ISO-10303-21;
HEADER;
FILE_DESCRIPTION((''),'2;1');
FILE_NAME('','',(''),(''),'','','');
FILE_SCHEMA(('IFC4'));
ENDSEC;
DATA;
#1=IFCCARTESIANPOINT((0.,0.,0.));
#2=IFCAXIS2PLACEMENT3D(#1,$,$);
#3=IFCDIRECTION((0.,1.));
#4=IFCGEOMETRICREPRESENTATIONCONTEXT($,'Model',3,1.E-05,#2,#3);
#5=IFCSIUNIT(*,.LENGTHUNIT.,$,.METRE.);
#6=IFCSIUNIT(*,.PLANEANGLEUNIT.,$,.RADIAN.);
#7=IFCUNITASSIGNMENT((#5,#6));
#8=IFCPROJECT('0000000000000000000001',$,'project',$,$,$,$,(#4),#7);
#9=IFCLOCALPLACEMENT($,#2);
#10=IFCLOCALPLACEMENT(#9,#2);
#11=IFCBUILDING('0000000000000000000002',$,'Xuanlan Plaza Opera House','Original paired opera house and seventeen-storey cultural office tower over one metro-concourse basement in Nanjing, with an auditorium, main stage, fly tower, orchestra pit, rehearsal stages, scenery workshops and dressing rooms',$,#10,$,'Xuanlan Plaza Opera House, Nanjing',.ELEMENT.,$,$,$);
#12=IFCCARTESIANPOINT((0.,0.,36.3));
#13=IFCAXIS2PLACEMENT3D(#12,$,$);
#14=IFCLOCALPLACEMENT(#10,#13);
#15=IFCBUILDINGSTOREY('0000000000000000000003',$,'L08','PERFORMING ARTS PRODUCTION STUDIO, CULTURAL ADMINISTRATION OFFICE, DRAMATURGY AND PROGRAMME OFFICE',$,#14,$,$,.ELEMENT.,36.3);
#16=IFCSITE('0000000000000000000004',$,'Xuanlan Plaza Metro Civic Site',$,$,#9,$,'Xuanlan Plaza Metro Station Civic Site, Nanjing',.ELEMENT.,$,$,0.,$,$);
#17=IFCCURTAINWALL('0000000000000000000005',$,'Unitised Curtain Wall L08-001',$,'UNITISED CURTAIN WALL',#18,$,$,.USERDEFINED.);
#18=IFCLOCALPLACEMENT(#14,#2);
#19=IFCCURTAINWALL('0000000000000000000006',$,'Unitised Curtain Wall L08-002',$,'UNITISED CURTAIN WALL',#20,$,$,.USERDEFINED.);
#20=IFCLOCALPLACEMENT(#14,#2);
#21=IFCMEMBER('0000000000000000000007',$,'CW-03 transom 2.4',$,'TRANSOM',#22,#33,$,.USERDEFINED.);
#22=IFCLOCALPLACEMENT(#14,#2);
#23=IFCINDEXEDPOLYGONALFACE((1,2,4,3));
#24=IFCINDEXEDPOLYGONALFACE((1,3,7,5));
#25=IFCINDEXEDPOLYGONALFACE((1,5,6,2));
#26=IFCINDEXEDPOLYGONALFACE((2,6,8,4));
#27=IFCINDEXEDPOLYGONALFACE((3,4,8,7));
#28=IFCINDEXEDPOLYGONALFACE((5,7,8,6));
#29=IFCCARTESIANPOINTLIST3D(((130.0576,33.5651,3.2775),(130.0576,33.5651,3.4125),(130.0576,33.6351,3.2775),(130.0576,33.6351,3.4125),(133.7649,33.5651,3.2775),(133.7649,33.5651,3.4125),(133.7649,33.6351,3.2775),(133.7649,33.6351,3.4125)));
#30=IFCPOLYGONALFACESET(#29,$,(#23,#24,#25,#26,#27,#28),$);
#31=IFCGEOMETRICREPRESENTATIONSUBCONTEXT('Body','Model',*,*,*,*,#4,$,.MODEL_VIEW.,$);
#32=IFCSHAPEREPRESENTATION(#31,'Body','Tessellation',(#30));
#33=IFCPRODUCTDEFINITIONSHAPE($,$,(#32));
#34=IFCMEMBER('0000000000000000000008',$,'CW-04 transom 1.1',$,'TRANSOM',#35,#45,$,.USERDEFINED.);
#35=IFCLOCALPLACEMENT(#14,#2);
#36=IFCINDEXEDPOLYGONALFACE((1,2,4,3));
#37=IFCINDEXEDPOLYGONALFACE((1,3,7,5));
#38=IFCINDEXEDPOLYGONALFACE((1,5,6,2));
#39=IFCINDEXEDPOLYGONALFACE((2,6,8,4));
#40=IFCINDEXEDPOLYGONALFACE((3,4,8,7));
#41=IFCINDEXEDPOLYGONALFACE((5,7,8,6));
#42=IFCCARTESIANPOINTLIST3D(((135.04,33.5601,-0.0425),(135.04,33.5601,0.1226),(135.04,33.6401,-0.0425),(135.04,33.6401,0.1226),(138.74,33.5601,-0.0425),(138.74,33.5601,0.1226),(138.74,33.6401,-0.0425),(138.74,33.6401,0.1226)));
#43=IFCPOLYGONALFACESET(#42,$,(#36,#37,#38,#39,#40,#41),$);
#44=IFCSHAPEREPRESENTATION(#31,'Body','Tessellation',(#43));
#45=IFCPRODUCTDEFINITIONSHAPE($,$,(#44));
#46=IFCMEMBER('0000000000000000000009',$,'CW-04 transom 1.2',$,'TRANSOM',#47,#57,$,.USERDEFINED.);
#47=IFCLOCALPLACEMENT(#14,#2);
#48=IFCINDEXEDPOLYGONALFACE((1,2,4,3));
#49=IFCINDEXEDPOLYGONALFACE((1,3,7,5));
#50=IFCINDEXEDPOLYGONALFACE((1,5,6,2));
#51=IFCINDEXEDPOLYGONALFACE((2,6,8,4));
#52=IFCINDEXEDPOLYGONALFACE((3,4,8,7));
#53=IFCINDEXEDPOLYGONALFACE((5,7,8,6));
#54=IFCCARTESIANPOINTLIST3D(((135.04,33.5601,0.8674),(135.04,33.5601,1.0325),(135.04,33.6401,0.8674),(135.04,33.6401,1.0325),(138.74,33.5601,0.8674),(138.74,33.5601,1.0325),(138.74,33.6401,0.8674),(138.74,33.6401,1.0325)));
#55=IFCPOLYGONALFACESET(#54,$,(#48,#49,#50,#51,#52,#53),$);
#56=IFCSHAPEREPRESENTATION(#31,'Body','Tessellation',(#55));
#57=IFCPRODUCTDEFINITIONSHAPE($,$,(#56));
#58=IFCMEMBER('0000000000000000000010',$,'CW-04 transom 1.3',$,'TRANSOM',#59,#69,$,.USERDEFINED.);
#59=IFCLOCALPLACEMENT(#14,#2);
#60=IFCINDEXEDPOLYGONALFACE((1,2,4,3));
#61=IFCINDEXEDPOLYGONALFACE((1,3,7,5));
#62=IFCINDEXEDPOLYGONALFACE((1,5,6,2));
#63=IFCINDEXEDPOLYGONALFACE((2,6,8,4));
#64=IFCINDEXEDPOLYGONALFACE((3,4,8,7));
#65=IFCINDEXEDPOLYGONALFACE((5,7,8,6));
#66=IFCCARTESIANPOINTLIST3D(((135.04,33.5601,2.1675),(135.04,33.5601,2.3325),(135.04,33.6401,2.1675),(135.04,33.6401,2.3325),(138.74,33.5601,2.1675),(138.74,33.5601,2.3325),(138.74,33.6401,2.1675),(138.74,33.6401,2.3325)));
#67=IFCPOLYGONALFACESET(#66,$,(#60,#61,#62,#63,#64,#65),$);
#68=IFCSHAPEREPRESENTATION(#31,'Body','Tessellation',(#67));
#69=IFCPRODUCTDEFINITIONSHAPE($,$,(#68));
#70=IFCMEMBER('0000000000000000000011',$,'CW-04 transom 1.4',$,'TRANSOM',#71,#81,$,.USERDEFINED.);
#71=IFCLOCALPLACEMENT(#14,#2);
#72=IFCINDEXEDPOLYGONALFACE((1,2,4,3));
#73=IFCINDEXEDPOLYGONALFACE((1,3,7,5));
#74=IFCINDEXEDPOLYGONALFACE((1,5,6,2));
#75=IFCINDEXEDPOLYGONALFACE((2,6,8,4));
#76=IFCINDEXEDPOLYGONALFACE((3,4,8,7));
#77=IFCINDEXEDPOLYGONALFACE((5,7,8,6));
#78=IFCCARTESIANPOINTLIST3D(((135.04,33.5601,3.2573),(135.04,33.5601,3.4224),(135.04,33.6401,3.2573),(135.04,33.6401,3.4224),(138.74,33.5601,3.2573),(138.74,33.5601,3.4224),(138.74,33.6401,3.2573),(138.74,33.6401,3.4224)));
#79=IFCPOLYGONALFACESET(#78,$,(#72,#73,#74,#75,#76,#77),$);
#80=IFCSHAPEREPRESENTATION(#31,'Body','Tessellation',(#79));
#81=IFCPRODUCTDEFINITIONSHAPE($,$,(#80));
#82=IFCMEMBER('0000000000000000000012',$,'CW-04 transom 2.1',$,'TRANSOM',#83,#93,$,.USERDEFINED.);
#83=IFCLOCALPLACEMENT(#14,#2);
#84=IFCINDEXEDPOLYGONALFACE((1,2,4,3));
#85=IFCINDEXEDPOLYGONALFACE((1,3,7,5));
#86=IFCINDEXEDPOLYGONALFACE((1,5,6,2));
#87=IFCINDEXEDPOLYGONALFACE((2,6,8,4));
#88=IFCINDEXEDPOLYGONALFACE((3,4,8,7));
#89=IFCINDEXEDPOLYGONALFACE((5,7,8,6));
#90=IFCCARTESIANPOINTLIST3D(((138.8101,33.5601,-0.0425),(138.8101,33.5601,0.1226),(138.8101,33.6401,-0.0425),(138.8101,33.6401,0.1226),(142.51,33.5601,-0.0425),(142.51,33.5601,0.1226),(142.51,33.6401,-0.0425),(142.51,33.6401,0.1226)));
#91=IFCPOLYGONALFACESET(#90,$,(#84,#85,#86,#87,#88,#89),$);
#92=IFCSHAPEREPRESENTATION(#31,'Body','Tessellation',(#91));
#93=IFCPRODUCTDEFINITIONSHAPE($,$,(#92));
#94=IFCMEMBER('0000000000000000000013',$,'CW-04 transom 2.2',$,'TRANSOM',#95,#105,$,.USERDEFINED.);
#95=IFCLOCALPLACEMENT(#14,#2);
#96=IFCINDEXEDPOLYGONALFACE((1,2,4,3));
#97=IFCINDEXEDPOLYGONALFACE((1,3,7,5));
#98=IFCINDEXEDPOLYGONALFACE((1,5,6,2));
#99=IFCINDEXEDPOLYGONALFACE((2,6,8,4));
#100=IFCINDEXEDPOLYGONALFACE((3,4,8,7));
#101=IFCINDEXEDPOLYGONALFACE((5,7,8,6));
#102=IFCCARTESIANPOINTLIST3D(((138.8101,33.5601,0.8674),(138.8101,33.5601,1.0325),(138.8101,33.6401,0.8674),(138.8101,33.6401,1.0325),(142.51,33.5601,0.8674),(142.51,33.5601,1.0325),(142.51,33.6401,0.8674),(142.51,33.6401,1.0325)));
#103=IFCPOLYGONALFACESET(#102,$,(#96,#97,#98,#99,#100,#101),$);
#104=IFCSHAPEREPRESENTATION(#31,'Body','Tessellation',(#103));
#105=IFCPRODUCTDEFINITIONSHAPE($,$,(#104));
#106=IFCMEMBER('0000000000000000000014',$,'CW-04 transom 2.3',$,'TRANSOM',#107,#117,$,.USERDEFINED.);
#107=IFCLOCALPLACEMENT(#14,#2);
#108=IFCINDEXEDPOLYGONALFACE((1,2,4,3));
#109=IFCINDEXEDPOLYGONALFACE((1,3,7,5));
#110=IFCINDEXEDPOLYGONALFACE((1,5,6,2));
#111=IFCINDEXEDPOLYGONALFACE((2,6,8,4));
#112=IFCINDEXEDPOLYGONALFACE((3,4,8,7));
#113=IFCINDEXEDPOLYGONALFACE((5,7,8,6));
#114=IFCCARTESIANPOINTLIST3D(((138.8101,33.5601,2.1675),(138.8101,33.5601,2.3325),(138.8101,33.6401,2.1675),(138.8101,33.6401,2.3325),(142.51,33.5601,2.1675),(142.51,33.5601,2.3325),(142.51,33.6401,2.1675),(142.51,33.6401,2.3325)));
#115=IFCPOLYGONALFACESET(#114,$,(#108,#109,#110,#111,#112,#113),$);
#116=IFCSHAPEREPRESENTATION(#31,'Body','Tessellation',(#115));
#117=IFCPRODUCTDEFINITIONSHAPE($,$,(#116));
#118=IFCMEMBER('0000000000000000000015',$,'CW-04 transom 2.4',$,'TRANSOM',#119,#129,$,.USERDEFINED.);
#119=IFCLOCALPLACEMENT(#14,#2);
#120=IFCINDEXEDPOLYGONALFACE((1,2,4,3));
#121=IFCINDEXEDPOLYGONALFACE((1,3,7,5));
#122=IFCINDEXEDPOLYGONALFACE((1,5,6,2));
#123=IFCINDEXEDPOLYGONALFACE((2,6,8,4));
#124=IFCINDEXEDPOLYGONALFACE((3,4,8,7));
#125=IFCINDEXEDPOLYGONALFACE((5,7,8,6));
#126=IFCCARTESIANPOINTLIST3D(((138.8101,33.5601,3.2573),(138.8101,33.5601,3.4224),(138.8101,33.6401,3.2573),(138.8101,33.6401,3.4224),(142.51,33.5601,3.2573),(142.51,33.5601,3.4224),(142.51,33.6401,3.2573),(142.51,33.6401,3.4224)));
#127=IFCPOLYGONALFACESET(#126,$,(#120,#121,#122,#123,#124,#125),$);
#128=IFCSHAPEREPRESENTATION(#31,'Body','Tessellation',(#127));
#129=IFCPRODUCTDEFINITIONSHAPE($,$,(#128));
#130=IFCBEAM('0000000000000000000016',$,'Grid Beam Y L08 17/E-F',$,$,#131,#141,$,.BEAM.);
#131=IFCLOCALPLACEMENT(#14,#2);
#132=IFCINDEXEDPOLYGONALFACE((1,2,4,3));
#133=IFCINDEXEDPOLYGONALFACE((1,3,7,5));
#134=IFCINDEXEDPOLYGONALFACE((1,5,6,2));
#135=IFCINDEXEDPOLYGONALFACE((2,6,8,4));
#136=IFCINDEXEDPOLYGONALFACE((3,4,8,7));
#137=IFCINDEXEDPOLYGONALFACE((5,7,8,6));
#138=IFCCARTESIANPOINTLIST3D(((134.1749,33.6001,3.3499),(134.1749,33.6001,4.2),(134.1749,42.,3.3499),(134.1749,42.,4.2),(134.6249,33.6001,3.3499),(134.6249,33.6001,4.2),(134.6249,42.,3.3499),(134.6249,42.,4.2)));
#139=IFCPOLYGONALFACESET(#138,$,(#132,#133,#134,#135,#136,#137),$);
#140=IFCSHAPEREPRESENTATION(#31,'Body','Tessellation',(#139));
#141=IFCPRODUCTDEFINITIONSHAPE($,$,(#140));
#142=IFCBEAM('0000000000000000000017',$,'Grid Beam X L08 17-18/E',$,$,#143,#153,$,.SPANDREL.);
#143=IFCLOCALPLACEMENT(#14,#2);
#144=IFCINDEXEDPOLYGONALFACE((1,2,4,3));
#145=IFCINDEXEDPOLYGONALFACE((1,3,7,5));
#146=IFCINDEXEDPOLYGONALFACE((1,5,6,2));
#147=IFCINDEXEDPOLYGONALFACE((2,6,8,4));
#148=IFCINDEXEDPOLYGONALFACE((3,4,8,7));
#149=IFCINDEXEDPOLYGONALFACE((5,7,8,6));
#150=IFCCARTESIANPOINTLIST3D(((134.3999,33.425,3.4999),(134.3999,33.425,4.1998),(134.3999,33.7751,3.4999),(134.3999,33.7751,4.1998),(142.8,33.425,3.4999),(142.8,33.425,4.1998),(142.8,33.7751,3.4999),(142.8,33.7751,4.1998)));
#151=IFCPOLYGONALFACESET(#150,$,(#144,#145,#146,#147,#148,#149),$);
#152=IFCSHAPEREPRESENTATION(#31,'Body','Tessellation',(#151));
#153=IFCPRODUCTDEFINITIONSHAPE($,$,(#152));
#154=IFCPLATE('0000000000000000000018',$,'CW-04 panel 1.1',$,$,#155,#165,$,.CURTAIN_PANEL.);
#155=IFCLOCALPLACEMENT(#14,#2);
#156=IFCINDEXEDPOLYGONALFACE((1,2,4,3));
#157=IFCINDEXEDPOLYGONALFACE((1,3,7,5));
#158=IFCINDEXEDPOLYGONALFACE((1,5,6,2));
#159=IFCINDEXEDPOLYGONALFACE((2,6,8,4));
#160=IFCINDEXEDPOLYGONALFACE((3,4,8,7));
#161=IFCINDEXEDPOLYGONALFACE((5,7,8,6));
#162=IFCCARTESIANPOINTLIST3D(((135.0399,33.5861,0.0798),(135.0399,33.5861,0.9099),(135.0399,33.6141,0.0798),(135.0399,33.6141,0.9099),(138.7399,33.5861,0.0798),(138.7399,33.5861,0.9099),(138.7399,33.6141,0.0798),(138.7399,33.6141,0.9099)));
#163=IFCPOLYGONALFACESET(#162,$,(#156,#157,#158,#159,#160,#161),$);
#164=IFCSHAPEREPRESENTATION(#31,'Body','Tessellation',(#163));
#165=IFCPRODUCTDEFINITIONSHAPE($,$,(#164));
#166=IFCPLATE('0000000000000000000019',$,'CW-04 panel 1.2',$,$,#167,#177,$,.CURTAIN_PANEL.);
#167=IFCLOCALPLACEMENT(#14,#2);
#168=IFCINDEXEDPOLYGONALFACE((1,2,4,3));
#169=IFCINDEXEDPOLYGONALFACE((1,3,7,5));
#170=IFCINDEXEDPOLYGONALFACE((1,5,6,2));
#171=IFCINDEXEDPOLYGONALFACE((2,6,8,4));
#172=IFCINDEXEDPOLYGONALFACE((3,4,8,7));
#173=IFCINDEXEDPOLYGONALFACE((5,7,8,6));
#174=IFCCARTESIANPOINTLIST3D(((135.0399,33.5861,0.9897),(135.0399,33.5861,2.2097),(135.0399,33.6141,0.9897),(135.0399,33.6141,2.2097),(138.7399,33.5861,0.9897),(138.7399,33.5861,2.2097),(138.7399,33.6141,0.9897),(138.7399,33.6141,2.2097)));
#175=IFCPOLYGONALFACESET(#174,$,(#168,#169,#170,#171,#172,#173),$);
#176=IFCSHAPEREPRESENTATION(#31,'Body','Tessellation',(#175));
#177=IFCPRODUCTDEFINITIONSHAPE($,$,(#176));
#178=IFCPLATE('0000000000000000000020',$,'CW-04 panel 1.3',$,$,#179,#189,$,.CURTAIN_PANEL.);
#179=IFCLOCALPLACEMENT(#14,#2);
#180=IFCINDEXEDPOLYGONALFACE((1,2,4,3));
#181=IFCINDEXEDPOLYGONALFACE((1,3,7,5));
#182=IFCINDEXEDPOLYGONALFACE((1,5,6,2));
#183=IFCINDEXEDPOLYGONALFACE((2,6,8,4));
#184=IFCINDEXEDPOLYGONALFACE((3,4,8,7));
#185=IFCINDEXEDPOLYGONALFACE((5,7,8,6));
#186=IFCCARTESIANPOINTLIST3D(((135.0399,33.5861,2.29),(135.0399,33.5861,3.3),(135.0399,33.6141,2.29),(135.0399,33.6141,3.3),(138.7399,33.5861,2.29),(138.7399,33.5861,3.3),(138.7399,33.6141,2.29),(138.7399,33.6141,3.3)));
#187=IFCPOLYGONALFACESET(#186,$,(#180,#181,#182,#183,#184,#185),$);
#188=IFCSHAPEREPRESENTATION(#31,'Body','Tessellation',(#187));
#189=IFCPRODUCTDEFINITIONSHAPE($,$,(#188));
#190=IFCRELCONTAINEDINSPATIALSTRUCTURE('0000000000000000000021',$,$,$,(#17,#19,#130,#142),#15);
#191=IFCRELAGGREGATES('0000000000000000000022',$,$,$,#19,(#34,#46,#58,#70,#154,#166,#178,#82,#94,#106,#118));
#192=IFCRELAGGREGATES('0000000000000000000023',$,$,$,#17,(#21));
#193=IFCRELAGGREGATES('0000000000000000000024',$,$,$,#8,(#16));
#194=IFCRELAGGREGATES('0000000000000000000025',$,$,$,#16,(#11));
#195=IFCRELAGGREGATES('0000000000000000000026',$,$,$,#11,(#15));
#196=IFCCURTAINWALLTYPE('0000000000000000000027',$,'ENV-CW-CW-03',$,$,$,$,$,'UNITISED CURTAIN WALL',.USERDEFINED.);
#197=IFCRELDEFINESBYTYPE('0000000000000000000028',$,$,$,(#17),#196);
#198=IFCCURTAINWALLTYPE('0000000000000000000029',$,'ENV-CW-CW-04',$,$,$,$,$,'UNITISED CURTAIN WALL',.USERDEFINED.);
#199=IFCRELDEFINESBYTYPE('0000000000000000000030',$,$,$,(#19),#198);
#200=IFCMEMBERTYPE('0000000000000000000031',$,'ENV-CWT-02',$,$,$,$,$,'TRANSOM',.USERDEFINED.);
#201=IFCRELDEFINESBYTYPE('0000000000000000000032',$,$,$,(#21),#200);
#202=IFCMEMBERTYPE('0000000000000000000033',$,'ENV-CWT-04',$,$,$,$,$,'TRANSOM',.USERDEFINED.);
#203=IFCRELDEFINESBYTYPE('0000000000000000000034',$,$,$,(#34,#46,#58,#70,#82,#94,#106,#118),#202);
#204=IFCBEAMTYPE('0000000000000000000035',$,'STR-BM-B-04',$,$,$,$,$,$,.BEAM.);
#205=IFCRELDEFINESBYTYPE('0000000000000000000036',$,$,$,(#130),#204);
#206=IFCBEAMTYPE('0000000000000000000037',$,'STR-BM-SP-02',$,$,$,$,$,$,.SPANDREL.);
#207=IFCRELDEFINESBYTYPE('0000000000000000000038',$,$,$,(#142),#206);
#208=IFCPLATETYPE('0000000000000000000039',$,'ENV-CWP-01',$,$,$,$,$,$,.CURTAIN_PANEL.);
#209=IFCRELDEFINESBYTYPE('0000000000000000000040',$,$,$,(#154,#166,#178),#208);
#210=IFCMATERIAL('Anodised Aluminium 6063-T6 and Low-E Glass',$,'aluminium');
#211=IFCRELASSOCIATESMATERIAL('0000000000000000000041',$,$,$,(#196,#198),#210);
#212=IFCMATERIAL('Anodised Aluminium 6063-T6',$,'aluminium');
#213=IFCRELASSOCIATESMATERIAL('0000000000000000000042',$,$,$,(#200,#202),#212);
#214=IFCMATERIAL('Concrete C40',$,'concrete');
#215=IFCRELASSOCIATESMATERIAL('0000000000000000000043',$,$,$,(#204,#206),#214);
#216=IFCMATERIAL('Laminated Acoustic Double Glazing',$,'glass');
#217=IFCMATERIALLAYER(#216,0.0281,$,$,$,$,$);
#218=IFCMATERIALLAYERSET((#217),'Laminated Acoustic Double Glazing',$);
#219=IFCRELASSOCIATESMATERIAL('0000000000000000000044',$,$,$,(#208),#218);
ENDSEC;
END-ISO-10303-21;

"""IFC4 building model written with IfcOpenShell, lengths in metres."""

from ifc_helpers import new_model, si_unit, direction, frame, origin, origin_2d, place, context, subcontext, project, spatial, rectangle, extrude, material, layer, layer_set, material_profile, profile_set, type_object, element, aggregate, save


model = new_model("IFC4")

# Units and contexts
model_context = context("Model", 3, precision=1e-05, world=origin(), true_north=direction((0.0, 1.0)))
body_context = subcontext(model_context, "Body", "Model", "MODEL_VIEW")
ifc_project = project(units=[si_unit("LENGTHUNIT", "METRE"), si_unit("PLANEANGLEUNIT", "RADIAN")], contexts=[model_context])

# Site, building, storey
site_placement = place(None, origin())
site = spatial("IfcSite", under=ifc_project, at=site_placement, Name="Xuanlan Plaza Metro Civic Site", LongName="Xuanlan Plaza Metro Station Civic Site, Nanjing", CompositionType="ELEMENT", RefElevation=0.0)
building_placement = place(site_placement, origin())
building = spatial("IfcBuilding", under=site, at=building_placement, Name="Xuanlan Plaza Opera House", Description="Original paired opera house and seventeen-storey cultural office tower over one metro-concourse basement in Nanjing, with an auditorium, main stage, fly tower, orchestra pit, rehearsal stages, scenery workshops and dressing rooms", LongName="Xuanlan Plaza Opera House, Nanjing", CompositionType="ELEMENT")
storey_placement = place(building_placement, frame((0.0, 0.0, 36.3)))
storey = spatial("IfcBuildingStorey", under=building, at=storey_placement, Name="L08", Description="PERFORMING ARTS PRODUCTION STUDIO, CULTURAL ADMINISTRATION OFFICE, DRAMATURGY AND PROGRAMME OFFICE", CompositionType="ELEMENT", Elevation=36.3)

# Curtain walls
ifc_material_1 = material(Name="Anodised Aluminium 6063-T6 and Low-E Glass", Category="aluminium")
curtain_wall_type_1 = type_object("IfcCurtainWallType", Name="ENV-CW-CW-03", ElementType="UNITISED CURTAIN WALL", PredefinedType="USERDEFINED", material=ifc_material_1)
curtain_wall_1_placement = place(storey_placement, origin())
curtain_wall_1 = element("IfcCurtainWall", 1, at=curtain_wall_1_placement, inside=storey, type_object=curtain_wall_type_1, Name="Unitised Curtain Wall L08-001", ObjectType="UNITISED CURTAIN WALL", PredefinedType="USERDEFINED")
ifc_material_2 = material(Name="Anodised Aluminium 6063-T6", Category="aluminium")
curtain_wall_type_2 = type_object("IfcCurtainWallType", Name="ENV-CW-CW-04", ElementType="UNITISED CURTAIN WALL", PredefinedType="USERDEFINED", material=ifc_material_1)
curtain_wall_2_placement = place(storey_placement, origin())
curtain_wall_2 = element("IfcCurtainWall", 2, at=curtain_wall_2_placement, inside=storey, type_object=curtain_wall_type_2, Name="Unitised Curtain Wall L08-002", ObjectType="UNITISED CURTAIN WALL", PredefinedType="USERDEFINED")

# Members
ifc_material_profile_1 = material_profile(ifc_material_2, rectangle(XDim=0.0701, YDim=0.135, at=origin_2d()), Name="ALU-T 70x135")
ifc_profile_set_1 = profile_set([ifc_material_profile_1], Name="Anodised Aluminium 6063-T6")
member_type_1 = type_object("IfcMemberType", Name="ENV-CWT-02", ElementType="TRANSOM", PredefinedType="USERDEFINED", material=ifc_profile_set_1)
member_1_placement = place(storey_placement, frame((130.0576, 33.6001, 3.345), z_axis=(1.0, 0.0, 0.0), x_axis=(0.0, 1.0, 0.0)))
member_1 = element("IfcMember", 3, at=member_1_placement, type_object=member_type_1, Name="CW-03 transom 2.4", ObjectType="TRANSOM", PredefinedType="USERDEFINED", context=body_context, shape_type="SweptSolid", body=[
    extrude(rectangle(XDim=0.0701, YDim=0.135, at=origin_2d()), origin(), (0.0, 0.0, 1.0), 3.7073),
])
ifc_material_profile_2 = material_profile(ifc_material_2, rectangle(XDim=0.0801, YDim=0.165, at=origin_2d()), Name="ALU-T 80x165")
ifc_profile_set_2 = profile_set([ifc_material_profile_2], Name="Anodised Aluminium 6063-T6")
member_type_2 = type_object("IfcMemberType", Name="ENV-CWT-04", ElementType="TRANSOM", PredefinedType="USERDEFINED", material=ifc_profile_set_2)
member_2_placement = place(storey_placement, frame((135.04, 33.6001, 0.04), z_axis=(1.0, 0.0, 0.0), x_axis=(0.0, 1.0, 0.0)))
member_2 = element("IfcMember", 4, at=member_2_placement, type_object=member_type_2, Name="CW-04 transom 1.1", ObjectType="TRANSOM", PredefinedType="USERDEFINED", context=body_context, shape_type="SweptSolid", body=[
    extrude(rectangle(XDim=0.0801, YDim=0.165, at=origin_2d()), origin(), (0.0, 0.0, 1.0), 3.7),
])
member_3_placement = place(storey_placement, frame((135.04, 33.6001, 0.95), z_axis=(1.0, 0.0, 0.0), x_axis=(0.0, 1.0, 0.0)))
member_3 = element("IfcMember", 5, at=member_3_placement, type_object=member_type_2, Name="CW-04 transom 1.2", ObjectType="TRANSOM", PredefinedType="USERDEFINED", context=body_context, shape_type="SweptSolid", body=[
    extrude(rectangle(XDim=0.0801, YDim=0.165, at=origin_2d()), origin(), (0.0, 0.0, 1.0), 3.7),
])
member_4_placement = place(storey_placement, frame((135.04, 33.6001, 2.25), z_axis=(1.0, 0.0, 0.0), x_axis=(0.0, 1.0, 0.0)))
member_4 = element("IfcMember", 6, at=member_4_placement, type_object=member_type_2, Name="CW-04 transom 1.3", ObjectType="TRANSOM", PredefinedType="USERDEFINED", context=body_context, shape_type="SweptSolid", body=[
    extrude(rectangle(XDim=0.0801, YDim=0.165, at=origin_2d()), origin(), (0.0, 0.0, 1.0), 3.7),
])
member_5_placement = place(storey_placement, frame((135.04, 33.6001, 3.3398), z_axis=(1.0, 0.0, 0.0), x_axis=(0.0, 1.0, 0.0)))
member_5 = element("IfcMember", 7, at=member_5_placement, type_object=member_type_2, Name="CW-04 transom 1.4", ObjectType="TRANSOM", PredefinedType="USERDEFINED", context=body_context, shape_type="SweptSolid", body=[
    extrude(rectangle(XDim=0.0801, YDim=0.165, at=origin_2d()), origin(), (0.0, 0.0, 1.0), 3.7),
])
member_6_placement = place(storey_placement, frame((138.8101, 33.6001, 0.04), z_axis=(1.0, 0.0, 0.0), x_axis=(0.0, 1.0, 0.0)))
member_6 = element("IfcMember", 8, at=member_6_placement, type_object=member_type_2, Name="CW-04 transom 2.1", ObjectType="TRANSOM", PredefinedType="USERDEFINED", context=body_context, shape_type="SweptSolid", body=[
    extrude(rectangle(XDim=0.0801, YDim=0.165, at=origin_2d()), origin(), (0.0, 0.0, 1.0), 3.7),
])
member_7_placement = place(storey_placement, frame((138.8101, 33.6001, 0.95), z_axis=(1.0, 0.0, 0.0), x_axis=(0.0, 1.0, 0.0)))
member_7 = element("IfcMember", 9, at=member_7_placement, type_object=member_type_2, Name="CW-04 transom 2.2", ObjectType="TRANSOM", PredefinedType="USERDEFINED", context=body_context, shape_type="SweptSolid", body=[
    extrude(rectangle(XDim=0.0801, YDim=0.165, at=origin_2d()), origin(), (0.0, 0.0, 1.0), 3.7),
])
member_8_placement = place(storey_placement, frame((138.8101, 33.6001, 2.25), z_axis=(1.0, 0.0, 0.0), x_axis=(0.0, 1.0, 0.0)))
member_8 = element("IfcMember", 10, at=member_8_placement, type_object=member_type_2, Name="CW-04 transom 2.3", ObjectType="TRANSOM", PredefinedType="USERDEFINED", context=body_context, shape_type="SweptSolid", body=[
    extrude(rectangle(XDim=0.0801, YDim=0.165, at=origin_2d()), origin(), (0.0, 0.0, 1.0), 3.7),
])
member_9_placement = place(storey_placement, frame((138.8101, 33.6001, 3.3398), z_axis=(1.0, 0.0, 0.0), x_axis=(0.0, 1.0, 0.0)))
member_9 = element("IfcMember", 11, at=member_9_placement, type_object=member_type_2, Name="CW-04 transom 2.4", ObjectType="TRANSOM", PredefinedType="USERDEFINED", context=body_context, shape_type="SweptSolid", body=[
    extrude(rectangle(XDim=0.0801, YDim=0.165, at=origin_2d()), origin(), (0.0, 0.0, 1.0), 3.7),
])

# Beams
ifc_material_3 = material(Name="Concrete C40", Category="concrete")
ifc_material_profile_3 = material_profile(ifc_material_3, rectangle(XDim=0.45, YDim=0.8501, at=origin_2d()), Name="RC-BM 450x850")
ifc_profile_set_3 = profile_set([ifc_material_profile_3], Name="Concrete C40")
beam_type_1 = type_object("IfcBeamType", Name="STR-BM-B-04", PredefinedType="BEAM", material=ifc_profile_set_3)
beam_1_placement = place(storey_placement, frame((134.3999, 33.6001, 3.7749), z_axis=(0.0, 1.0, 0.0), x_axis=(-1.0, 0.0, 0.0)))
element("IfcBeam", 12, at=beam_1_placement, inside=storey, type_object=beam_type_1, Name="Grid Beam Y L08 17/E-F", PredefinedType="BEAM", context=body_context, shape_type="SweptSolid", body=[
    extrude(rectangle(XDim=0.45, YDim=0.8501, at=origin_2d()), origin(), (0.0, 0.0, 1.0), 8.3999),
])
ifc_material_profile_4 = material_profile(ifc_material_3, rectangle(XDim=0.3501, YDim=0.7, at=origin_2d()), Name="RC-SPD 350x700")
ifc_profile_set_4 = profile_set([ifc_material_profile_4], Name="Concrete C40")
beam_type_2 = type_object("IfcBeamType", Name="STR-BM-SP-02", PredefinedType="SPANDREL", material=ifc_profile_set_4)
beam_2_placement = place(storey_placement, frame((134.3999, 33.6001, 3.8499), z_axis=(1.0, 0.0, 0.0), x_axis=(0.0, 1.0, 0.0)))
element("IfcBeam", 13, at=beam_2_placement, inside=storey, type_object=beam_type_2, Name="Grid Beam X L08 17-18/E", PredefinedType="SPANDREL", context=body_context, shape_type="SweptSolid", body=[
    extrude(rectangle(XDim=0.3501, YDim=0.7, at=origin_2d()), origin(), (0.0, 0.0, 1.0), 8.4001),
])

# Plates
ifc_material_4 = material(Name="Laminated Acoustic Double Glazing", Category="glass")
ifc_layer_1 = layer(ifc_material_4, 0.0281)
ifc_layer_set_1 = layer_set([ifc_layer_1], Name="Laminated Acoustic Double Glazing")
plate_type_1 = type_object("IfcPlateType", Name="ENV-CWP-01", PredefinedType="CURTAIN_PANEL", material=ifc_layer_set_1)
plate_1_placement = place(storey_placement, frame((136.8899, 33.6001, 0.0798), z_axis=(0.0, 0.0, 1.0), x_axis=(1.0, 0.0, 0.0)))
plate_1 = element("IfcPlate", 14, at=plate_1_placement, type_object=plate_type_1, Name="CW-04 panel 1.1", PredefinedType="CURTAIN_PANEL", context=body_context, shape_type="SweptSolid", body=[
    extrude(rectangle(XDim=3.7, YDim=0.0281, at=origin_2d()), origin(), (0.0, 0.0, 1.0), 0.8301),
])
plate_2_placement = place(storey_placement, frame((136.8899, 33.6001, 0.9897), z_axis=(0.0, 0.0, 1.0), x_axis=(1.0, 0.0, 0.0)))
plate_2 = element("IfcPlate", 15, at=plate_2_placement, type_object=plate_type_1, Name="CW-04 panel 1.2", PredefinedType="CURTAIN_PANEL", context=body_context, shape_type="SweptSolid", body=[
    extrude(rectangle(XDim=3.7, YDim=0.0281, at=origin_2d()), origin(), (0.0, 0.0, 1.0), 1.22),
])
plate_3_placement = place(storey_placement, frame((136.8899, 33.6001, 2.29), z_axis=(0.0, 0.0, 1.0), x_axis=(1.0, 0.0, 0.0)))
plate_3 = element("IfcPlate", 16, at=plate_3_placement, type_object=plate_type_1, Name="CW-04 panel 1.3", PredefinedType="CURTAIN_PANEL", context=body_context, shape_type="SweptSolid", body=[
    extrude(rectangle(XDim=3.7, YDim=0.0281, at=origin_2d()), origin(), (0.0, 0.0, 1.0), 1.01),
])
aggregate(curtain_wall_2, [member_2, member_3, member_4, member_5, plate_1, plate_2, plate_3, member_6, member_7, member_8, member_9])
aggregate(curtain_wall_1, [member_1])

save(model, "model.ifc")
